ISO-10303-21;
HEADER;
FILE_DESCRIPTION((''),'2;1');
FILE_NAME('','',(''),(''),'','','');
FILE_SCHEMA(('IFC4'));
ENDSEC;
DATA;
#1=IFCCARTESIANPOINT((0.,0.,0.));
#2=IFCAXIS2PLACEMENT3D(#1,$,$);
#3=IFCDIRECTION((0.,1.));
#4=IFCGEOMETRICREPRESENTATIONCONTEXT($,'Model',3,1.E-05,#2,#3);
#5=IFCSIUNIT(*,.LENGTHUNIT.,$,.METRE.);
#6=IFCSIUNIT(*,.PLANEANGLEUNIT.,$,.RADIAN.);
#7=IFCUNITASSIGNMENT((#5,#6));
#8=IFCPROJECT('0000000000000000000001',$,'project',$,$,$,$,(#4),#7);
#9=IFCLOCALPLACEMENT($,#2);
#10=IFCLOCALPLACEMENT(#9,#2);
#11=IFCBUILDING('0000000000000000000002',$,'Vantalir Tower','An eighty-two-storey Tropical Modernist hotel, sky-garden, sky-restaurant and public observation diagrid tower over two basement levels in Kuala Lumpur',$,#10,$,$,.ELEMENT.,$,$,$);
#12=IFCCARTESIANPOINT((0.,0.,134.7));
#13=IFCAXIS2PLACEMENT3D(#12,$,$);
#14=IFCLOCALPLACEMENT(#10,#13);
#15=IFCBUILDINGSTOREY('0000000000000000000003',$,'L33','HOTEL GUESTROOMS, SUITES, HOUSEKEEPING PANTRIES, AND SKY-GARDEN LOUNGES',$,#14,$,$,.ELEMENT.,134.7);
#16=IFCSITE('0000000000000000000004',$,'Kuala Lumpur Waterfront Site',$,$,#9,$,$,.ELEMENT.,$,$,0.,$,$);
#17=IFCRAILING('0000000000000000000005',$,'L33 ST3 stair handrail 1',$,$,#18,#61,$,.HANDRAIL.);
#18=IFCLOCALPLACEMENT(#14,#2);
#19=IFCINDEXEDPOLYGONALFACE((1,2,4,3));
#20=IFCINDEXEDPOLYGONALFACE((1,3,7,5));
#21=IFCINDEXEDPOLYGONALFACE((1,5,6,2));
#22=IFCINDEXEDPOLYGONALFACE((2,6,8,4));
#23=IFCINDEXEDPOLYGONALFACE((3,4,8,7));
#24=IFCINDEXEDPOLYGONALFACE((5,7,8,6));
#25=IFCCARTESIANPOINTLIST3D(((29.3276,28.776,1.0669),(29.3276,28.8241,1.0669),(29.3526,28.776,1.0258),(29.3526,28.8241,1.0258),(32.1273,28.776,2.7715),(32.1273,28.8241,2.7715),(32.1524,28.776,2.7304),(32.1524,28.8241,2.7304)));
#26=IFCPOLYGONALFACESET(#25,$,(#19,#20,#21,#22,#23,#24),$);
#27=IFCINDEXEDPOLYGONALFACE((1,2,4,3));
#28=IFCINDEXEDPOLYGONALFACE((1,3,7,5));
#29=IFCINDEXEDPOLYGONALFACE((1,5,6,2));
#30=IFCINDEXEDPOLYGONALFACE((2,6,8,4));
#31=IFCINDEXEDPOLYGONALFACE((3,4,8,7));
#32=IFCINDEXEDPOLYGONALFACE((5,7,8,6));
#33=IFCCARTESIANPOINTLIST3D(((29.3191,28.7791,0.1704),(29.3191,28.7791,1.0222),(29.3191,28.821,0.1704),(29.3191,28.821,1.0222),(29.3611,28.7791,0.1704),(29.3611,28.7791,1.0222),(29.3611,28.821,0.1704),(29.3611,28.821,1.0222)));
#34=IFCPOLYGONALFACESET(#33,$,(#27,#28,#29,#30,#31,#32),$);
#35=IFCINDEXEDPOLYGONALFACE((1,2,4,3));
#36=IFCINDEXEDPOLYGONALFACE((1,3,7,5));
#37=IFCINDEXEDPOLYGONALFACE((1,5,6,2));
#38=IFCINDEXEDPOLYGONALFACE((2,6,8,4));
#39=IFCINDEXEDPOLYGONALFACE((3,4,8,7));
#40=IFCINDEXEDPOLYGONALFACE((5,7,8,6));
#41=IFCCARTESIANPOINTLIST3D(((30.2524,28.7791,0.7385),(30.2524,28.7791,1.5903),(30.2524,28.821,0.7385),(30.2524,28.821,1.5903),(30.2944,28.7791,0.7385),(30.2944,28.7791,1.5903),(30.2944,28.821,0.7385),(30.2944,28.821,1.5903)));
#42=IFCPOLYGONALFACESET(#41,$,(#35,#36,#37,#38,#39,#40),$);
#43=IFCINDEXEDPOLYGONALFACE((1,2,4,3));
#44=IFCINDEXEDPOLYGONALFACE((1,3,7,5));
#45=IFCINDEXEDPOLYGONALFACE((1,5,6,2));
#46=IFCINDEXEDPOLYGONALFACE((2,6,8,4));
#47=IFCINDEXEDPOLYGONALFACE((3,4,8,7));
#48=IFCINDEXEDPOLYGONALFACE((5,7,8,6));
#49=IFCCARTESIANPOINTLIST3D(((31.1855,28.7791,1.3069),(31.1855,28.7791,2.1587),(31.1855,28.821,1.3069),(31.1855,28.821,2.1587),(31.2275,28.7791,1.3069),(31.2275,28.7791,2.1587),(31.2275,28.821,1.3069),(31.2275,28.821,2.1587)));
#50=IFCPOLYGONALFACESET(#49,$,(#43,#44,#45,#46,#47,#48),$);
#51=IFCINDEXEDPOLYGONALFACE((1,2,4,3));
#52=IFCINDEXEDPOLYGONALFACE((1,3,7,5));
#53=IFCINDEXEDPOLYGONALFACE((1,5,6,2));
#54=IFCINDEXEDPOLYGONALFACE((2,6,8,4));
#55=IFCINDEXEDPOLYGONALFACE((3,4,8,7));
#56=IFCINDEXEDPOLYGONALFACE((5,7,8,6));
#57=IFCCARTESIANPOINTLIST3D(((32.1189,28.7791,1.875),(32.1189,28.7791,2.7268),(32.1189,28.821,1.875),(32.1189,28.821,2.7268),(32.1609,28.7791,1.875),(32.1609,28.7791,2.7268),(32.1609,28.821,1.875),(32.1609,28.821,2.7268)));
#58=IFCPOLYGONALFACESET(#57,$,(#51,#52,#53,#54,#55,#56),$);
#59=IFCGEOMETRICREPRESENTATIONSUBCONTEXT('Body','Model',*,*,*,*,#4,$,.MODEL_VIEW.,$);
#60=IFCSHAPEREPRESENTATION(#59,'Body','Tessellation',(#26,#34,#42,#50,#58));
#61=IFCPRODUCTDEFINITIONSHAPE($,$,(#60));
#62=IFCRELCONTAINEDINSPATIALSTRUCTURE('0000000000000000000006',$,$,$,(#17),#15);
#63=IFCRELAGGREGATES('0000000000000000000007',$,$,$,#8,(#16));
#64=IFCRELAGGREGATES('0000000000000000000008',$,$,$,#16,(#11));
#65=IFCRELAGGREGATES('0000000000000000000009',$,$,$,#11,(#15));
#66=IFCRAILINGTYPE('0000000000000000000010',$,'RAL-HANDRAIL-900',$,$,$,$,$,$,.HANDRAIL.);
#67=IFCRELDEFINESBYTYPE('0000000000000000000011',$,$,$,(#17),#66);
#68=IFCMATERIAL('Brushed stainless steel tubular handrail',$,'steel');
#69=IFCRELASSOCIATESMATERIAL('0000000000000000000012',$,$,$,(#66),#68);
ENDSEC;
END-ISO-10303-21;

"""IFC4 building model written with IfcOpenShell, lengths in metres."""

from ifc_helpers import new_model, si_unit, direction, frame, origin, origin_2d, place, context, subcontext, project, spatial, rectangle, extrude, material, type_object, element, save


model = new_model("IFC4")

# Units and contexts
model_context = context("Model", 3, precision=1e-05, world=origin(), true_north=direction((0.0, 1.0)))
body_context = subcontext(model_context, "Body", "Model", "MODEL_VIEW")
ifc_project = project(units=[si_unit("LENGTHUNIT", "METRE"), si_unit("PLANEANGLEUNIT", "RADIAN")], contexts=[model_context])

# Site, building, storey
site_placement = place(None, origin())
site = spatial("IfcSite", under=ifc_project, at=site_placement, Name="Kuala Lumpur Waterfront Site", CompositionType="ELEMENT", RefElevation=0.0)
building_placement = place(site_placement, origin())
building = spatial("IfcBuilding", under=site, at=building_placement, Name="Vantalir Tower", Description="An eighty-two-storey Tropical Modernist hotel, sky-garden, sky-restaurant and public observation diagrid tower over two basement levels in Kuala Lumpur", CompositionType="ELEMENT")
storey_placement = place(building_placement, frame((0.0, 0.0, 134.7)))
storey = spatial("IfcBuildingStorey", under=building, at=storey_placement, Name="L33", Description="HOTEL GUESTROOMS, SUITES, HOUSEKEEPING PANTRIES, AND SKY-GARDEN LOUNGES", CompositionType="ELEMENT", Elevation=134.7)

# Railing
ifc_material_1 = material(Name="Brushed stainless steel tubular handrail", Category="steel")
railing_type_1 = type_object("IfcRailingType", Name="RAL-HANDRAIL-900", PredefinedType="HANDRAIL", material=ifc_material_1)
railing_1_placement = place(storey_placement, frame((29.3401, 28.8, 0.1704)))
element("IfcRailing", 1, at=railing_1_placement, inside=storey, type_object=railing_type_1, Name="L33 ST3 stair handrail 1", PredefinedType="HANDRAIL", context=body_context, shape_type="SweptSolid", body=[
    extrude(rectangle(XDim=0.0481, YDim=0.0481, at=origin_2d()), frame((0.0, 0.0, 0.876), z_axis=(0.85415, 0.0, 0.520027), x_axis=(0.0, 1.0, 0.0)), (0.0, 0.0, 1.0), 3.2778),
    extrude(rectangle(XDim=0.042, YDim=0.042, at=origin_2d()), origin(), (0.0, 0.0, 1.0), 0.8518),
    extrude(rectangle(XDim=0.042, YDim=0.042, at=origin_2d()), frame((0.9333, 0.0, 0.5681)), (0.0, 0.0, 1.0), 0.8518),
    extrude(rectangle(XDim=0.042, YDim=0.042, at=origin_2d()), frame((1.8665, 0.0, 1.1365)), (0.0, 0.0, 1.0), 0.8518),
    extrude(rectangle(XDim=0.042, YDim=0.042, at=origin_2d()), frame((2.7998, 0.0, 1.7046)), (0.0, 0.0, 1.0), 0.8518),
])

save(model, "model.ifc")
